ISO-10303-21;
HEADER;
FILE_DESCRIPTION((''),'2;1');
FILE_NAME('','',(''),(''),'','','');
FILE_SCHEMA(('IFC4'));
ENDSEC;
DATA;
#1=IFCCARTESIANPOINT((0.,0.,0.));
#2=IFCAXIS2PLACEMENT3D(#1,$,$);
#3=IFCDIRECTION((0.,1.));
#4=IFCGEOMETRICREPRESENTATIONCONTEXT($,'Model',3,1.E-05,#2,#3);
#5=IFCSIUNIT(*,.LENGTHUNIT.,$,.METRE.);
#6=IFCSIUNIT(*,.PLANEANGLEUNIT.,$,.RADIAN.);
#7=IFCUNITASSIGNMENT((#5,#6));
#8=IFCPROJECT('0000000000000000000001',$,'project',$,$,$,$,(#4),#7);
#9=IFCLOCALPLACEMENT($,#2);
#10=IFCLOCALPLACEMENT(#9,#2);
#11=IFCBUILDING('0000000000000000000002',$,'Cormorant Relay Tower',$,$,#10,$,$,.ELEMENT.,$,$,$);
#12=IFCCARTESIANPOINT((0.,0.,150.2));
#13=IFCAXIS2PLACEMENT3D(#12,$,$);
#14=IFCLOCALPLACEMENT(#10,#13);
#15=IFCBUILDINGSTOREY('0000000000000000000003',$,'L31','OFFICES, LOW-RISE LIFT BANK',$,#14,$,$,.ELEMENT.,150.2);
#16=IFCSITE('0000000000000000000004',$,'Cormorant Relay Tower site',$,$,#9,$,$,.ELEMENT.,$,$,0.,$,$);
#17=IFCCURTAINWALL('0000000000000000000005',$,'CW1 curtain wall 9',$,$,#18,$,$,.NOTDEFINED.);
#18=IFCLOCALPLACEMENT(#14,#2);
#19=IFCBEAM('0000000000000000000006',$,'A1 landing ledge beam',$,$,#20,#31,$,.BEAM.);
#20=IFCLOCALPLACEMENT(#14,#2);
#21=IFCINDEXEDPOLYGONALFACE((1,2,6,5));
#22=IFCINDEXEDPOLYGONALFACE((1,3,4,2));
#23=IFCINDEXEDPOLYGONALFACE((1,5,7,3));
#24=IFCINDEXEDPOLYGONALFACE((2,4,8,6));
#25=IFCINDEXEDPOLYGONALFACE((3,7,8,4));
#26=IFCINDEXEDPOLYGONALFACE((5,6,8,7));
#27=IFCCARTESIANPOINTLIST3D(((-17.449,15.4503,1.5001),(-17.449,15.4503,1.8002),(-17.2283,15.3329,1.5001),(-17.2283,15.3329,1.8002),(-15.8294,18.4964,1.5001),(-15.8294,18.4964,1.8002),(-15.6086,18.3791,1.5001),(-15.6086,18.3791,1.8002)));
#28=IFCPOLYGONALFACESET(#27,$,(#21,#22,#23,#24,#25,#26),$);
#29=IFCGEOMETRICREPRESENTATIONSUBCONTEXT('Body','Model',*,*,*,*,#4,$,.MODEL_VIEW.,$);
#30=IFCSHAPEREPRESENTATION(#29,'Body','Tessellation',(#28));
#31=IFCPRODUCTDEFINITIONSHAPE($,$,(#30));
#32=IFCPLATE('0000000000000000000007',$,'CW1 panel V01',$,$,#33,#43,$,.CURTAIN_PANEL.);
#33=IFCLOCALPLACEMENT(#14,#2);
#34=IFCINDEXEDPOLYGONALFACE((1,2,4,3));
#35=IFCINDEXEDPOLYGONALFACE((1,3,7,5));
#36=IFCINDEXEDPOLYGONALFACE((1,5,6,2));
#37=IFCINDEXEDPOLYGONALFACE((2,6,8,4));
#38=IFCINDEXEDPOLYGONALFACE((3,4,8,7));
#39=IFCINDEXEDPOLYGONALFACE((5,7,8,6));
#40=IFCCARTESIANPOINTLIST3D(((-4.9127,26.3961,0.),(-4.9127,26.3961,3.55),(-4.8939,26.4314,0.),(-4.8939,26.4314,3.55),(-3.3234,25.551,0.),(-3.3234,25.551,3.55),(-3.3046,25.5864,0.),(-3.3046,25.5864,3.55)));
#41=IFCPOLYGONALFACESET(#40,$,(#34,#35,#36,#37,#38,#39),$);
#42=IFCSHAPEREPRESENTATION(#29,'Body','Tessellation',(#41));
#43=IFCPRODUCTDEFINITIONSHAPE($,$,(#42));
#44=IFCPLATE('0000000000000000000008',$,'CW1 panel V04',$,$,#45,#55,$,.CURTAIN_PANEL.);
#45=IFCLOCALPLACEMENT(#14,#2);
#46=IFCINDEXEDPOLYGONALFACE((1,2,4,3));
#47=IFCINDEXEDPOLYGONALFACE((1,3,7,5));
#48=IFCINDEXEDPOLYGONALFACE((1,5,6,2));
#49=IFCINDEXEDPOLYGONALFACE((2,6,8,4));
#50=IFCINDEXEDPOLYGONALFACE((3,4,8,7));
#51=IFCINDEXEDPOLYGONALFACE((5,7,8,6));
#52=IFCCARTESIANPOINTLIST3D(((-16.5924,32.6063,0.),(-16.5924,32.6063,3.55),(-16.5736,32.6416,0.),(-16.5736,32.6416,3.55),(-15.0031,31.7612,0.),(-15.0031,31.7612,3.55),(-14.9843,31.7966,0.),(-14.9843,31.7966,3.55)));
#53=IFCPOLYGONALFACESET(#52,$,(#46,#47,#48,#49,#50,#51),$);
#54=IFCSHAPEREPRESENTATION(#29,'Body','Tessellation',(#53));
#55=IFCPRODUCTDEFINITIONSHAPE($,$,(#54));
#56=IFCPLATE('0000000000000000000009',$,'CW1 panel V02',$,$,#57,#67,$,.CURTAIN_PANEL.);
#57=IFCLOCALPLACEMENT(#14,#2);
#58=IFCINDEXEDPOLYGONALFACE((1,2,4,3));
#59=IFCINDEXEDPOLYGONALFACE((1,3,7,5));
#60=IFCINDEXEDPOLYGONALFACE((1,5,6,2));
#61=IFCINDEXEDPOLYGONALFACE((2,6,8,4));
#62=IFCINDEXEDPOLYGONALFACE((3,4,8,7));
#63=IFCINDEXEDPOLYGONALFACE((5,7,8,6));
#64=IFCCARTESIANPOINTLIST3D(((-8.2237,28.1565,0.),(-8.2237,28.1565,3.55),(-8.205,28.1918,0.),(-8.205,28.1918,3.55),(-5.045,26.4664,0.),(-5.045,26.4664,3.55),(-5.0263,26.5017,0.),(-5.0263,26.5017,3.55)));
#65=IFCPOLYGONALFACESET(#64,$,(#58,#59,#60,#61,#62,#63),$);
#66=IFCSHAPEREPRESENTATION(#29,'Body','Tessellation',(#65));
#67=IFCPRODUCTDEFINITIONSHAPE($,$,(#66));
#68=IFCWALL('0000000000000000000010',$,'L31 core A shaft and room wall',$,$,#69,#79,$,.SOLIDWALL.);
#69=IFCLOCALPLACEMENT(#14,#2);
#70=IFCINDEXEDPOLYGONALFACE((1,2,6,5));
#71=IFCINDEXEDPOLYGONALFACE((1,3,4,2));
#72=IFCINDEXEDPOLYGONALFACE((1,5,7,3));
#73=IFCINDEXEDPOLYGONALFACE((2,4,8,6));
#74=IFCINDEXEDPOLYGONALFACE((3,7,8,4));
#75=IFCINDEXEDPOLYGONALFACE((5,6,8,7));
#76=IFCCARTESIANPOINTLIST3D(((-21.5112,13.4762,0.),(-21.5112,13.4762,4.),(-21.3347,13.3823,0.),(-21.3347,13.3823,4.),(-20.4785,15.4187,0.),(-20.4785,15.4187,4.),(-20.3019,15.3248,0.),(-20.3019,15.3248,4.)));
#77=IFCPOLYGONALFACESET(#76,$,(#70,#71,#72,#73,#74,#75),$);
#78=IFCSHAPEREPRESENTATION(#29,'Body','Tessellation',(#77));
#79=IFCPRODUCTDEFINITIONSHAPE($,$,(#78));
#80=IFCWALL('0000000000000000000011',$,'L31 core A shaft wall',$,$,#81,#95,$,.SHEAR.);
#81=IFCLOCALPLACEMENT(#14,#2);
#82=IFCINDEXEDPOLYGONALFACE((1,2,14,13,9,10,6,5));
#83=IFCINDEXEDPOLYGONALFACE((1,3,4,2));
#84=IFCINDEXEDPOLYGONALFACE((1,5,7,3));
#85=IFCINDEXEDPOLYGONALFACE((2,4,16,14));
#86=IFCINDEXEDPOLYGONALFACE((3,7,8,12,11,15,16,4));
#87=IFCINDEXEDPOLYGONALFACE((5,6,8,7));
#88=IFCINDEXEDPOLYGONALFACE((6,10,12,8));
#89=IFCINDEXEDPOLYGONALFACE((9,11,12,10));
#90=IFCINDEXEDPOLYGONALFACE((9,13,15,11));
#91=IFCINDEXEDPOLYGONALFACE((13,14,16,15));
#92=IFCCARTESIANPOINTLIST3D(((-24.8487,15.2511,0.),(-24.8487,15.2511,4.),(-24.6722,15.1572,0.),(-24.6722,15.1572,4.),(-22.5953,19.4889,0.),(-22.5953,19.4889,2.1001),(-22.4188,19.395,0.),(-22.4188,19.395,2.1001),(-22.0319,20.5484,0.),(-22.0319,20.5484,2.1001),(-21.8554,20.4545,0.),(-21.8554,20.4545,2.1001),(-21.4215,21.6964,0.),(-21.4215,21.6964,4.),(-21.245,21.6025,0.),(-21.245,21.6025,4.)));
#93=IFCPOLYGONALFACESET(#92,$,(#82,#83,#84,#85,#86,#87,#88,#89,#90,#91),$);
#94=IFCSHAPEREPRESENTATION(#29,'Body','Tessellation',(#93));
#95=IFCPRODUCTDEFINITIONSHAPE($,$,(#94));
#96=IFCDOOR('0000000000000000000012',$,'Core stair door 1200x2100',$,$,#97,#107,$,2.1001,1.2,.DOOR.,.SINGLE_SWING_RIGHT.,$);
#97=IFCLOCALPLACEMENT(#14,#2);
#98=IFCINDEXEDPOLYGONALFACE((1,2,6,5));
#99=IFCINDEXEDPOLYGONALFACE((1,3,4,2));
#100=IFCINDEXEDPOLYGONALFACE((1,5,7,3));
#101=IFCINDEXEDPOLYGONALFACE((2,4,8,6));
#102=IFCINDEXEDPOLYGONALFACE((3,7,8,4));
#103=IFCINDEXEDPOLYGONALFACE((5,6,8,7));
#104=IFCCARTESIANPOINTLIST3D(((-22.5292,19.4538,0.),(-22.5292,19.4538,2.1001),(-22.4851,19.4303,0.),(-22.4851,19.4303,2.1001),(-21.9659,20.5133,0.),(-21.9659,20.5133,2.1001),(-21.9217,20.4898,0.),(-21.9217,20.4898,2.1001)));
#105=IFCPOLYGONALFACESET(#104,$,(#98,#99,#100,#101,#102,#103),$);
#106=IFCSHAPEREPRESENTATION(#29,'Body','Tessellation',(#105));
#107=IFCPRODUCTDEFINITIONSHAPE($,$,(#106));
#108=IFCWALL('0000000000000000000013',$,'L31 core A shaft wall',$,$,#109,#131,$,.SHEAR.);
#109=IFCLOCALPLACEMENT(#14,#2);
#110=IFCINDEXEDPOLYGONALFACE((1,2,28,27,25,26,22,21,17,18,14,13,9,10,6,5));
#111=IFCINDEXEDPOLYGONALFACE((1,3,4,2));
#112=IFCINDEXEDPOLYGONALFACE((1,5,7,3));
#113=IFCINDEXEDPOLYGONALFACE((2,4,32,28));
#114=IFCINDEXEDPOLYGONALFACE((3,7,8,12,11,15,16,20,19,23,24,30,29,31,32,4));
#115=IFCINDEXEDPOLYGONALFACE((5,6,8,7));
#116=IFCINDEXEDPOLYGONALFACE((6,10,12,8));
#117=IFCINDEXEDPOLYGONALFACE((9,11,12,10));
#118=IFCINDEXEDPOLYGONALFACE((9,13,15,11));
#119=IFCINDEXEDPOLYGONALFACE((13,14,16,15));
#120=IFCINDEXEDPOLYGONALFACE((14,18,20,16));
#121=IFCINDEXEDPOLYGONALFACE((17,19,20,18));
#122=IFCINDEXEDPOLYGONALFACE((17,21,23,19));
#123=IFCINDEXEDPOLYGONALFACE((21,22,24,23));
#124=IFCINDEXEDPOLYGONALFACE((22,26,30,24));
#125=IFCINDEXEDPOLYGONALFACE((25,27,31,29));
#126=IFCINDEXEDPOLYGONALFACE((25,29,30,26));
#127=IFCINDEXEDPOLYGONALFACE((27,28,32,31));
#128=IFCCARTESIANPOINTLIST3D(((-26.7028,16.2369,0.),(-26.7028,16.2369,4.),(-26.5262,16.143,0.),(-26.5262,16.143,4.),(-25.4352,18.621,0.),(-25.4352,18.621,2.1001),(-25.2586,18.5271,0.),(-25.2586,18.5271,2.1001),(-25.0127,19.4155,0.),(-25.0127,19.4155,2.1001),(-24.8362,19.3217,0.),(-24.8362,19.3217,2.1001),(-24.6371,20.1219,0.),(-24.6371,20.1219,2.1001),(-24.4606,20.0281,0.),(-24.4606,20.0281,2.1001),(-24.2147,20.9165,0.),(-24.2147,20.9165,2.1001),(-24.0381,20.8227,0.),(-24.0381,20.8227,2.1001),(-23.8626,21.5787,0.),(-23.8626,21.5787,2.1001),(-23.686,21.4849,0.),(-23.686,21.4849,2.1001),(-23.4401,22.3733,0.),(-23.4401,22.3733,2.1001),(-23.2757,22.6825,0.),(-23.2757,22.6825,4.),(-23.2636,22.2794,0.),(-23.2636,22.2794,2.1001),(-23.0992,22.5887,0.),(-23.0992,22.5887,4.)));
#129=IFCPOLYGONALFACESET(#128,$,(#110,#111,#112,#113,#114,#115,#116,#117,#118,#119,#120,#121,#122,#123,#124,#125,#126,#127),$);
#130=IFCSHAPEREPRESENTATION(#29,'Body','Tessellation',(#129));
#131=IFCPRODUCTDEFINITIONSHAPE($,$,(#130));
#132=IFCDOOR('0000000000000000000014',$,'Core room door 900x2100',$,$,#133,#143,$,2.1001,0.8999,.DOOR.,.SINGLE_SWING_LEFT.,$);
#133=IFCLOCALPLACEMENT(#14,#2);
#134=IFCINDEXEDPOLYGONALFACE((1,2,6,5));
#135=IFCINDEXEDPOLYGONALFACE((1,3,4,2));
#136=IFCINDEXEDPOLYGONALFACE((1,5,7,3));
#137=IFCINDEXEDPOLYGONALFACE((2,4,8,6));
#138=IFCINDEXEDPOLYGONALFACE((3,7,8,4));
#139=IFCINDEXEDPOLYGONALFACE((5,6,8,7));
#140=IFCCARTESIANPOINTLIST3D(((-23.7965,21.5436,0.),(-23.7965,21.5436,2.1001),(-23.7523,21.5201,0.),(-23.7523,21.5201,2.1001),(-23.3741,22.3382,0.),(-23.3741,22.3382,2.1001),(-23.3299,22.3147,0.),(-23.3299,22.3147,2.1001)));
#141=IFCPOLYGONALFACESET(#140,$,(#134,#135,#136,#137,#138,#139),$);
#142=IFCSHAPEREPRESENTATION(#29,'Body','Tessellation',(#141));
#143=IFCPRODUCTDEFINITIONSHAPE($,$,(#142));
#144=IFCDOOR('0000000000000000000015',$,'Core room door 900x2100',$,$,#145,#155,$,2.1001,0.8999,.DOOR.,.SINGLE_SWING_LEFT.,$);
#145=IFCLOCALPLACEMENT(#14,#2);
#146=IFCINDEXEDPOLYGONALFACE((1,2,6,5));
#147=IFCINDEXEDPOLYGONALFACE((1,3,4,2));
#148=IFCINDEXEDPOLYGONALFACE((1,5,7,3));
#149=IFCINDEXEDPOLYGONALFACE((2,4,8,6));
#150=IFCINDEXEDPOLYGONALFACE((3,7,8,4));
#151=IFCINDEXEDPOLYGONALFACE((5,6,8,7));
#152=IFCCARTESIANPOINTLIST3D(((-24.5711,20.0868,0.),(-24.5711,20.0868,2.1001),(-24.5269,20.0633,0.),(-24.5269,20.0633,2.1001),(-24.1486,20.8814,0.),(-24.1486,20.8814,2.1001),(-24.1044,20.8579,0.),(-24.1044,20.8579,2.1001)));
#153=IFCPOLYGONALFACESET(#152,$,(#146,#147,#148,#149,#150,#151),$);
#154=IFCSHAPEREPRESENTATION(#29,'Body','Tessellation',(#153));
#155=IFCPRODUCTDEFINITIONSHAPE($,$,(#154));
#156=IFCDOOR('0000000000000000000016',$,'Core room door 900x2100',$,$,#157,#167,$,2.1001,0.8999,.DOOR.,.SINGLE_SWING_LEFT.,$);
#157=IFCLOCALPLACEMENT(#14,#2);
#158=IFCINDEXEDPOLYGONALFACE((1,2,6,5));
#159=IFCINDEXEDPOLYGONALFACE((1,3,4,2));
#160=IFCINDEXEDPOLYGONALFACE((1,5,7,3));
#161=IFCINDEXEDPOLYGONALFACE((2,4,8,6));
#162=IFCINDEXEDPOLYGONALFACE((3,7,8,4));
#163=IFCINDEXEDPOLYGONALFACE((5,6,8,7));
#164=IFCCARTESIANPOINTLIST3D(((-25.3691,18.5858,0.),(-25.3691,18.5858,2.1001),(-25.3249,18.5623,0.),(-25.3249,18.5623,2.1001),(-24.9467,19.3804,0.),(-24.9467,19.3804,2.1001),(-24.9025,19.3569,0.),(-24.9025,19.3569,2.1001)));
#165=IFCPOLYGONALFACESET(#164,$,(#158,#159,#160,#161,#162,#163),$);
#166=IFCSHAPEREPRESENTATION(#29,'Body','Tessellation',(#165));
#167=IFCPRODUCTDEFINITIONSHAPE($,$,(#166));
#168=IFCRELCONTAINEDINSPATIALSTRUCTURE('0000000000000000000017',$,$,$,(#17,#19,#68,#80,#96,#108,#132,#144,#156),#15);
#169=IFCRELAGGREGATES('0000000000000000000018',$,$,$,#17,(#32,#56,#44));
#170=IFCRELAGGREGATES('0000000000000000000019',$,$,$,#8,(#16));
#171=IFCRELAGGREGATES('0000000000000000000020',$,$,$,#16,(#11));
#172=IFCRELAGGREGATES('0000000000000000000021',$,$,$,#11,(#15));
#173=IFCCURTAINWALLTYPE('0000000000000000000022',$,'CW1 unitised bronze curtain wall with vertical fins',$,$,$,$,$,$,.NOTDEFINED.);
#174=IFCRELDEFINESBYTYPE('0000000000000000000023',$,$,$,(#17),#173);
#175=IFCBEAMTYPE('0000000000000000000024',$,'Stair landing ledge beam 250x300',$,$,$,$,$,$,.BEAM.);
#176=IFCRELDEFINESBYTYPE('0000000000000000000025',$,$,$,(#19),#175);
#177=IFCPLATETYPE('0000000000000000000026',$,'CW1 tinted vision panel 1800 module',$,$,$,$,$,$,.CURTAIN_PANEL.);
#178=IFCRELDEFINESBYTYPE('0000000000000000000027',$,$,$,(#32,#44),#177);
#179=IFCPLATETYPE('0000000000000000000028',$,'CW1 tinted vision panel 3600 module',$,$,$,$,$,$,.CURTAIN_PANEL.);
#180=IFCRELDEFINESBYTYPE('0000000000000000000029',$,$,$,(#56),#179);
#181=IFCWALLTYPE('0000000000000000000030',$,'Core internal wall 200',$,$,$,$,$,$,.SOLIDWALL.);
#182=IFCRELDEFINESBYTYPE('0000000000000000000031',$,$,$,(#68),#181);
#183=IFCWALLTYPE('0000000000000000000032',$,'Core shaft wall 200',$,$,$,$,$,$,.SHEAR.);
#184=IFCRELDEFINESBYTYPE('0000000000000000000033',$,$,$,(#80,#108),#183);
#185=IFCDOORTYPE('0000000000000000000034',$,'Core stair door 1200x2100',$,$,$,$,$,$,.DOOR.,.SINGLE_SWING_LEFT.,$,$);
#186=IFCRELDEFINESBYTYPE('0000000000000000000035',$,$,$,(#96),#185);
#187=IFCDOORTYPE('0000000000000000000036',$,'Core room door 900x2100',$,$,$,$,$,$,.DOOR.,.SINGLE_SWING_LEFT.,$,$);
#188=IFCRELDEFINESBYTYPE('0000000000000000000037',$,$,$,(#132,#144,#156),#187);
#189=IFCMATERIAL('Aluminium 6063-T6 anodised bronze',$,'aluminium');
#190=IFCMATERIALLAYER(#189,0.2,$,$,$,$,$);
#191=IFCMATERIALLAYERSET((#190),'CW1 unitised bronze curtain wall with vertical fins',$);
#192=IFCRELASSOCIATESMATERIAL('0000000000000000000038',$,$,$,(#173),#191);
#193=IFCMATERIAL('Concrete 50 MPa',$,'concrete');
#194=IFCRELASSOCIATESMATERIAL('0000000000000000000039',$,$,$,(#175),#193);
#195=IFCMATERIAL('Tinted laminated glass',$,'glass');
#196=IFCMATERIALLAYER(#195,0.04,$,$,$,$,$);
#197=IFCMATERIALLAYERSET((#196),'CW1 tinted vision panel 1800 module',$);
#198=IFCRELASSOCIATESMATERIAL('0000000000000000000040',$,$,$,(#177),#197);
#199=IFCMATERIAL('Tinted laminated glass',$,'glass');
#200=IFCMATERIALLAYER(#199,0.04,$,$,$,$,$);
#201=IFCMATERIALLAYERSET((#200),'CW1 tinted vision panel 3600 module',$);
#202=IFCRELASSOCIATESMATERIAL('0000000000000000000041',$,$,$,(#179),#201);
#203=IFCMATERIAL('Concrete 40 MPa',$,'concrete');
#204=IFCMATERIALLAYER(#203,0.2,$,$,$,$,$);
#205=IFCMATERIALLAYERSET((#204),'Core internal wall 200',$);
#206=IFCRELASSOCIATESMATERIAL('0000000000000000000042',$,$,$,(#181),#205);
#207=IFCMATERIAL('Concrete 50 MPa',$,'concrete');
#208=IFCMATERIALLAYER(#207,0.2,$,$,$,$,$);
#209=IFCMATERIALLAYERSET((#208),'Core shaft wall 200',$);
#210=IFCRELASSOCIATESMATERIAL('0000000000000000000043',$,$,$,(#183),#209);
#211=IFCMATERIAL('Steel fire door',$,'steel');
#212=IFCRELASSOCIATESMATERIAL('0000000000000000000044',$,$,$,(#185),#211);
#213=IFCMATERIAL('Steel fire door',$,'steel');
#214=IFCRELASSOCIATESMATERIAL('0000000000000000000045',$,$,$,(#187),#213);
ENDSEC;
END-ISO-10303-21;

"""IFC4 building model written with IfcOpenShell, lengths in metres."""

from ifc_helpers import new_model, si_unit, direction, frame, frame_2d, origin, origin_2d, place, context, subcontext, project, spatial, rectangle, extrude, material, layer, layer_set, material_profile, profile_set, type_object, element, fill, aggregate, save


model = new_model("IFC4")

# Units and contexts
model_context = context("Model", 3, precision=1e-05, world=origin(), true_north=direction((0.0, 1.0)))
body_context = subcontext(model_context, "Body", "Model", "MODEL_VIEW")
ifc_project = project(units=[si_unit("LENGTHUNIT", "METRE"), si_unit("PLANEANGLEUNIT", "RADIAN")], contexts=[model_context])

# Site, building, storey
site_placement = place(None, origin())
site = spatial("IfcSite", under=ifc_project, at=site_placement, Name="Cormorant Relay Tower site", CompositionType="ELEMENT", RefElevation=0.0)
building_placement = place(site_placement, origin())
building = spatial("IfcBuilding", under=site, at=building_placement, Name="Cormorant Relay Tower", CompositionType="ELEMENT")
storey_placement = place(building_placement, frame((0.0, 0.0, 150.2)))
storey = spatial("IfcBuildingStorey", under=building, at=storey_placement, Name="L31", Description="OFFICES, LOW-RISE LIFT BANK", CompositionType="ELEMENT", Elevation=150.2)

# Curtain wall
ifc_material_1 = material(Name="Aluminium 6063-T6 anodised bronze", Category="aluminium")
ifc_layer_1 = layer(ifc_material_1, 0.2)
ifc_layer_set_1 = layer_set([ifc_layer_1], Name="CW1 unitised bronze curtain wall with vertical fins")
curtain_wall_type = type_object("IfcCurtainWallType", Name="CW1 unitised bronze curtain wall with vertical fins", PredefinedType="NOTDEFINED", material=ifc_layer_set_1)
curtain_wall_placement = place(storey_placement, origin())
curtain_wall = element("IfcCurtainWall", 1, at=curtain_wall_placement, inside=storey, type_object=curtain_wall_type, Name="CW1 curtain wall 9", PredefinedType="NOTDEFINED")

# Beam
ifc_material_2 = material(Name="Concrete 50 MPa", Category="concrete")
ifc_material_profile_1 = material_profile(ifc_material_2, rectangle(XDim=0.25, YDim=0.3, at=origin_2d()), Name="RC 250x300")
ifc_profile_set_1 = profile_set([ifc_material_profile_1], Name="Concrete 50 MPa")
beam_type_1 = type_object("IfcBeamType", Name="Stair landing ledge beam 250x300", PredefinedType="BEAM", material=ifc_profile_set_1)
beam_1_placement = place(storey_placement, frame((-17.3386, 15.3916, 1.6501), z_axis=(0.469464, 0.882952, 0.0), x_axis=(-0.882952, 0.469464, 0.0)))
element("IfcBeam", 2, at=beam_1_placement, inside=storey, type_object=beam_type_1, Name="A1 landing ledge beam", PredefinedType="BEAM", context=body_context, shape_type="SweptSolid", body=[
    extrude(rectangle(XDim=0.25, YDim=0.3, at=origin_2d()), origin(), (0.0, 0.0, 1.0), 3.45),
])

# Plates
ifc_material_3 = material(Name="Tinted laminated glass", Category="glass")
ifc_layer_2 = layer(ifc_material_3, 0.04)
ifc_layer_set_2 = layer_set([ifc_layer_2], Name="CW1 tinted vision panel 1800 module")
plate_type_1 = type_object("IfcPlateType", Name="CW1 tinted vision panel 1800 module", PredefinedType="CURTAIN_PANEL", material=ifc_layer_set_2)
plate_1_placement = place(storey_placement, frame((-4.1086, 25.9912, 0.0), z_axis=(0.0, 0.0, 1.0), x_axis=(-0.882948, 0.469472, 0.0)))
plate_1 = element("IfcPlate", 3, at=plate_1_placement, type_object=plate_type_1, Name="CW1 panel V01", PredefinedType="CURTAIN_PANEL", context=body_context, shape_type="SweptSolid", body=[
    extrude(rectangle(XDim=1.8, YDim=0.04, at=origin_2d()), origin(), (0.0, 0.0, 1.0), 3.55),
])
plate_2_placement = place(storey_placement, frame((-15.7883, 32.2014, 0.0), z_axis=(0.0, 0.0, 1.0), x_axis=(-0.882948, 0.469472, 0.0)))
plate_2 = element("IfcPlate", 4, at=plate_2_placement, type_object=plate_type_1, Name="CW1 panel V04", PredefinedType="CURTAIN_PANEL", context=body_context, shape_type="SweptSolid", body=[
    extrude(rectangle(XDim=1.8, YDim=0.04, at=origin_2d()), origin(), (0.0, 0.0, 1.0), 3.55),
])
ifc_material_4 = material(Name="Tinted laminated glass", Category="glass")
ifc_layer_3 = layer(ifc_material_4, 0.04)
ifc_layer_set_3 = layer_set([ifc_layer_3], Name="CW1 tinted vision panel 3600 module")
plate_type_2 = type_object("IfcPlateType", Name="CW1 tinted vision panel 3600 module", PredefinedType="CURTAIN_PANEL", material=ifc_layer_set_3)
plate_3_placement = place(storey_placement, frame((-6.625, 27.3291, 0.0), z_axis=(0.0, 0.0, 1.0), x_axis=(-0.882948, 0.469472, 0.0)))
plate_3 = element("IfcPlate", 5, at=plate_3_placement, type_object=plate_type_2, Name="CW1 panel V02", PredefinedType="CURTAIN_PANEL", context=body_context, shape_type="SweptSolid", body=[
    extrude(rectangle(XDim=3.6001, YDim=0.04, at=origin_2d()), origin(), (0.0, 0.0, 1.0), 3.55),
])

# Wall
ifc_material_5 = material(Name="Concrete 40 MPa", Category="concrete")
ifc_layer_4 = layer(ifc_material_5, 0.2)
ifc_layer_set_4 = layer_set([ifc_layer_4], Name="Core internal wall 200")
wall_type_1 = type_object("IfcWallType", Name="Core internal wall 200", PredefinedType="SOLIDWALL", material=ifc_layer_set_4)
wall_1_placement = place(storey_placement, frame((-20.3901, 15.3718, 0.0), z_axis=(0.0, 0.0, 1.0), x_axis=(-0.469447, -0.88296, 0.0)))
element("IfcWall", 6, at=wall_1_placement, inside=storey, type_object=wall_type_1, Name="L31 core A shaft and room wall", PredefinedType="SOLIDWALL", context=body_context, shape_type="SweptSolid", body=[
    extrude(rectangle(XDim=2.2, YDim=0.2, at=frame_2d((1.1001, 0.0))), origin(), (0.0, 0.0, 1.0), 4.0),
])

# Wall, opening, door
ifc_material_6 = material(Name="Concrete 50 MPa", Category="concrete")
ifc_layer_5 = layer(ifc_material_6, 0.2)
ifc_layer_set_5 = layer_set([ifc_layer_5], Name="Core shaft wall 200")
wall_type_2 = type_object("IfcWallType", Name="Core shaft wall 200", PredefinedType="SHEAR", material=ifc_layer_set_5)
wall_2_placement = place(storey_placement, frame((-21.3333, 21.6494, 0.0), z_axis=(0.0, 0.0, 1.0), x_axis=(-0.469494, -0.882936, 0.0)))
wall_2 = element("IfcWall", 7, at=wall_2_placement, inside=storey, type_object=wall_type_2, Name="L31 core A shaft wall", PredefinedType="SHEAR", context=body_context, shape_type="SweptSolid", body=[
    extrude(rectangle(XDim=7.2998, YDim=0.2, at=frame_2d((3.6499, 0.0))), origin(), (0.0, 0.0, 1.0), 4.0),
])
opening_1_placement = place(wall_2_placement, frame((1.3, 0.0, 0.0)))
opening_1 = element("IfcOpeningElement", 8, at=opening_1_placement, cuts=wall_2, PredefinedType="OPENING", context=body_context, shape_type="SweptSolid", body=[
    extrude(rectangle(XDim=1.2, YDim=2.1001, at=frame_2d((0.6001, 1.05))), frame((0.0, 0.1099, 0.0), z_axis=(0.0, -1.0, 0.0), x_axis=(1.0, 0.0, 0.0)), (0.0, 0.0, 1.0), 0.22),
])
ifc_material_7 = material(Name="Steel fire door", Category="steel")
door_type_1 = type_object("IfcDoorType", Name="Core stair door 1200x2100", OperationType="SINGLE_SWING_LEFT", PredefinedType="DOOR", material=ifc_material_7)
door_1_placement = place(opening_1_placement, origin())
door_1 = element("IfcDoor", 9, at=door_1_placement, inside=storey, type_object=door_type_1, Name="Core stair door 1200x2100", OperationType="SINGLE_SWING_RIGHT", OverallHeight=2.1001, OverallWidth=1.2, PredefinedType="DOOR", context=body_context, shape_type="SweptSolid", body=[
    extrude(rectangle(XDim=1.2, YDim=2.1001, at=frame_2d((0.6001, 1.05))), frame((0.0, 0.0249, 0.0), z_axis=(0.0, -1.0, 0.0), x_axis=(1.0, 0.0, 0.0)), (0.0, 0.0, 1.0), 0.05),
])
fill(opening_1, door_1)

# Wall, openings, doors
wall_3_placement = place(storey_placement, frame((-23.1875, 22.6355, 0.0), z_axis=(0.0, 0.0, 1.0), x_axis=(-0.469454, -0.882957, 0.0)))
wall_3 = element("IfcWall", 10, at=wall_3_placement, inside=storey, type_object=wall_type_2, Name="L31 core A shaft wall", PredefinedType="SHEAR", context=body_context, shape_type="SweptSolid", body=[
    extrude(rectangle(XDim=7.3, YDim=0.2, at=frame_2d((3.6499, 0.0))), origin(), (0.0, 0.0, 1.0), 4.0),
])
opening_2_placement = place(wall_3_placement, frame((0.3501, 0.0, 0.0)))
opening_2 = element("IfcOpeningElement", 11, at=opening_2_placement, cuts=wall_3, PredefinedType="OPENING", context=body_context, shape_type="SweptSolid", body=[
    extrude(rectangle(XDim=0.8999, YDim=2.1001, at=frame_2d((0.45, 1.05))), frame((0.0, 0.1099, 0.0), z_axis=(0.0, -1.0, 0.0), x_axis=(1.0, 0.0, 0.0)), (0.0, 0.0, 1.0), 0.22),
])
opening_3_placement = place(wall_3_placement, frame((2.0, 0.0, 0.0)))
opening_3 = element("IfcOpeningElement", 12, at=opening_3_placement, cuts=wall_3, PredefinedType="OPENING", context=body_context, shape_type="SweptSolid", body=[
    extrude(rectangle(XDim=0.8999, YDim=2.1001, at=frame_2d((0.45, 1.05))), frame((0.0, 0.1099, 0.0), z_axis=(0.0, -1.0, 0.0), x_axis=(1.0, 0.0, 0.0)), (0.0, 0.0, 1.0), 0.22),
])
opening_4_placement = place(wall_3_placement, frame((3.7, 0.0, 0.0)))
opening_4 = element("IfcOpeningElement", 13, at=opening_4_placement, cuts=wall_3, PredefinedType="OPENING", context=body_context, shape_type="SweptSolid", body=[
    extrude(rectangle(XDim=0.8999, YDim=2.1001, at=frame_2d((0.45, 1.05))), frame((0.0, 0.1099, 0.0), z_axis=(0.0, -1.0, 0.0), x_axis=(1.0, 0.0, 0.0)), (0.0, 0.0, 1.0), 0.22),
])
ifc_material_8 = material(Name="Steel fire door", Category="steel")
door_type_2 = type_object("IfcDoorType", Name="Core room door 900x2100", OperationType="SINGLE_SWING_LEFT", PredefinedType="DOOR", material=ifc_material_8)
door_2_placement = place(opening_2_placement, origin())
door_2 = element("IfcDoor", 14, at=door_2_placement, inside=storey, type_object=door_type_2, Name="Core room door 900x2100", OperationType="SINGLE_SWING_LEFT", OverallHeight=2.1001, OverallWidth=0.8999, PredefinedType="DOOR", context=body_context, shape_type="SweptSolid", body=[
    extrude(rectangle(XDim=0.8999, YDim=2.1001, at=frame_2d((0.45, 1.05))), frame((0.0, 0.0249, 0.0), z_axis=(0.0, -1.0, 0.0), x_axis=(1.0, 0.0, 0.0)), (0.0, 0.0, 1.0), 0.05),
])
fill(opening_2, door_2)
door_3_placement = place(opening_3_placement, origin())
door_3 = element("IfcDoor", 15, at=door_3_placement, inside=storey, type_object=door_type_2, Name="Core room door 900x2100", OperationType="SINGLE_SWING_LEFT", OverallHeight=2.1001, OverallWidth=0.8999, PredefinedType="DOOR", context=body_context, shape_type="SweptSolid", body=[
    extrude(rectangle(XDim=0.8999, YDim=2.1001, at=frame_2d((0.45, 1.05))), frame((0.0, 0.0249, 0.0), z_axis=(0.0, -1.0, 0.0), x_axis=(1.0, 0.0, 0.0)), (0.0, 0.0, 1.0), 0.05),
])
fill(opening_3, door_3)
door_4_placement = place(opening_4_placement, origin())
door_4 = element("IfcDoor", 16, at=door_4_placement, inside=storey, type_object=door_type_2, Name="Core room door 900x2100", OperationType="SINGLE_SWING_LEFT", OverallHeight=2.1001, OverallWidth=0.8999, PredefinedType="DOOR", context=body_context, shape_type="SweptSolid", body=[
    extrude(rectangle(XDim=0.8999, YDim=2.1001, at=frame_2d((0.45, 1.05))), frame((0.0, 0.0249, 0.0), z_axis=(0.0, -1.0, 0.0), x_axis=(1.0, 0.0, 0.0)), (0.0, 0.0, 1.0), 0.05),
])
fill(opening_4, door_4)

aggregate(curtain_wall, [plate_1, plate_3, plate_2])

save(model, "model.ifc")
